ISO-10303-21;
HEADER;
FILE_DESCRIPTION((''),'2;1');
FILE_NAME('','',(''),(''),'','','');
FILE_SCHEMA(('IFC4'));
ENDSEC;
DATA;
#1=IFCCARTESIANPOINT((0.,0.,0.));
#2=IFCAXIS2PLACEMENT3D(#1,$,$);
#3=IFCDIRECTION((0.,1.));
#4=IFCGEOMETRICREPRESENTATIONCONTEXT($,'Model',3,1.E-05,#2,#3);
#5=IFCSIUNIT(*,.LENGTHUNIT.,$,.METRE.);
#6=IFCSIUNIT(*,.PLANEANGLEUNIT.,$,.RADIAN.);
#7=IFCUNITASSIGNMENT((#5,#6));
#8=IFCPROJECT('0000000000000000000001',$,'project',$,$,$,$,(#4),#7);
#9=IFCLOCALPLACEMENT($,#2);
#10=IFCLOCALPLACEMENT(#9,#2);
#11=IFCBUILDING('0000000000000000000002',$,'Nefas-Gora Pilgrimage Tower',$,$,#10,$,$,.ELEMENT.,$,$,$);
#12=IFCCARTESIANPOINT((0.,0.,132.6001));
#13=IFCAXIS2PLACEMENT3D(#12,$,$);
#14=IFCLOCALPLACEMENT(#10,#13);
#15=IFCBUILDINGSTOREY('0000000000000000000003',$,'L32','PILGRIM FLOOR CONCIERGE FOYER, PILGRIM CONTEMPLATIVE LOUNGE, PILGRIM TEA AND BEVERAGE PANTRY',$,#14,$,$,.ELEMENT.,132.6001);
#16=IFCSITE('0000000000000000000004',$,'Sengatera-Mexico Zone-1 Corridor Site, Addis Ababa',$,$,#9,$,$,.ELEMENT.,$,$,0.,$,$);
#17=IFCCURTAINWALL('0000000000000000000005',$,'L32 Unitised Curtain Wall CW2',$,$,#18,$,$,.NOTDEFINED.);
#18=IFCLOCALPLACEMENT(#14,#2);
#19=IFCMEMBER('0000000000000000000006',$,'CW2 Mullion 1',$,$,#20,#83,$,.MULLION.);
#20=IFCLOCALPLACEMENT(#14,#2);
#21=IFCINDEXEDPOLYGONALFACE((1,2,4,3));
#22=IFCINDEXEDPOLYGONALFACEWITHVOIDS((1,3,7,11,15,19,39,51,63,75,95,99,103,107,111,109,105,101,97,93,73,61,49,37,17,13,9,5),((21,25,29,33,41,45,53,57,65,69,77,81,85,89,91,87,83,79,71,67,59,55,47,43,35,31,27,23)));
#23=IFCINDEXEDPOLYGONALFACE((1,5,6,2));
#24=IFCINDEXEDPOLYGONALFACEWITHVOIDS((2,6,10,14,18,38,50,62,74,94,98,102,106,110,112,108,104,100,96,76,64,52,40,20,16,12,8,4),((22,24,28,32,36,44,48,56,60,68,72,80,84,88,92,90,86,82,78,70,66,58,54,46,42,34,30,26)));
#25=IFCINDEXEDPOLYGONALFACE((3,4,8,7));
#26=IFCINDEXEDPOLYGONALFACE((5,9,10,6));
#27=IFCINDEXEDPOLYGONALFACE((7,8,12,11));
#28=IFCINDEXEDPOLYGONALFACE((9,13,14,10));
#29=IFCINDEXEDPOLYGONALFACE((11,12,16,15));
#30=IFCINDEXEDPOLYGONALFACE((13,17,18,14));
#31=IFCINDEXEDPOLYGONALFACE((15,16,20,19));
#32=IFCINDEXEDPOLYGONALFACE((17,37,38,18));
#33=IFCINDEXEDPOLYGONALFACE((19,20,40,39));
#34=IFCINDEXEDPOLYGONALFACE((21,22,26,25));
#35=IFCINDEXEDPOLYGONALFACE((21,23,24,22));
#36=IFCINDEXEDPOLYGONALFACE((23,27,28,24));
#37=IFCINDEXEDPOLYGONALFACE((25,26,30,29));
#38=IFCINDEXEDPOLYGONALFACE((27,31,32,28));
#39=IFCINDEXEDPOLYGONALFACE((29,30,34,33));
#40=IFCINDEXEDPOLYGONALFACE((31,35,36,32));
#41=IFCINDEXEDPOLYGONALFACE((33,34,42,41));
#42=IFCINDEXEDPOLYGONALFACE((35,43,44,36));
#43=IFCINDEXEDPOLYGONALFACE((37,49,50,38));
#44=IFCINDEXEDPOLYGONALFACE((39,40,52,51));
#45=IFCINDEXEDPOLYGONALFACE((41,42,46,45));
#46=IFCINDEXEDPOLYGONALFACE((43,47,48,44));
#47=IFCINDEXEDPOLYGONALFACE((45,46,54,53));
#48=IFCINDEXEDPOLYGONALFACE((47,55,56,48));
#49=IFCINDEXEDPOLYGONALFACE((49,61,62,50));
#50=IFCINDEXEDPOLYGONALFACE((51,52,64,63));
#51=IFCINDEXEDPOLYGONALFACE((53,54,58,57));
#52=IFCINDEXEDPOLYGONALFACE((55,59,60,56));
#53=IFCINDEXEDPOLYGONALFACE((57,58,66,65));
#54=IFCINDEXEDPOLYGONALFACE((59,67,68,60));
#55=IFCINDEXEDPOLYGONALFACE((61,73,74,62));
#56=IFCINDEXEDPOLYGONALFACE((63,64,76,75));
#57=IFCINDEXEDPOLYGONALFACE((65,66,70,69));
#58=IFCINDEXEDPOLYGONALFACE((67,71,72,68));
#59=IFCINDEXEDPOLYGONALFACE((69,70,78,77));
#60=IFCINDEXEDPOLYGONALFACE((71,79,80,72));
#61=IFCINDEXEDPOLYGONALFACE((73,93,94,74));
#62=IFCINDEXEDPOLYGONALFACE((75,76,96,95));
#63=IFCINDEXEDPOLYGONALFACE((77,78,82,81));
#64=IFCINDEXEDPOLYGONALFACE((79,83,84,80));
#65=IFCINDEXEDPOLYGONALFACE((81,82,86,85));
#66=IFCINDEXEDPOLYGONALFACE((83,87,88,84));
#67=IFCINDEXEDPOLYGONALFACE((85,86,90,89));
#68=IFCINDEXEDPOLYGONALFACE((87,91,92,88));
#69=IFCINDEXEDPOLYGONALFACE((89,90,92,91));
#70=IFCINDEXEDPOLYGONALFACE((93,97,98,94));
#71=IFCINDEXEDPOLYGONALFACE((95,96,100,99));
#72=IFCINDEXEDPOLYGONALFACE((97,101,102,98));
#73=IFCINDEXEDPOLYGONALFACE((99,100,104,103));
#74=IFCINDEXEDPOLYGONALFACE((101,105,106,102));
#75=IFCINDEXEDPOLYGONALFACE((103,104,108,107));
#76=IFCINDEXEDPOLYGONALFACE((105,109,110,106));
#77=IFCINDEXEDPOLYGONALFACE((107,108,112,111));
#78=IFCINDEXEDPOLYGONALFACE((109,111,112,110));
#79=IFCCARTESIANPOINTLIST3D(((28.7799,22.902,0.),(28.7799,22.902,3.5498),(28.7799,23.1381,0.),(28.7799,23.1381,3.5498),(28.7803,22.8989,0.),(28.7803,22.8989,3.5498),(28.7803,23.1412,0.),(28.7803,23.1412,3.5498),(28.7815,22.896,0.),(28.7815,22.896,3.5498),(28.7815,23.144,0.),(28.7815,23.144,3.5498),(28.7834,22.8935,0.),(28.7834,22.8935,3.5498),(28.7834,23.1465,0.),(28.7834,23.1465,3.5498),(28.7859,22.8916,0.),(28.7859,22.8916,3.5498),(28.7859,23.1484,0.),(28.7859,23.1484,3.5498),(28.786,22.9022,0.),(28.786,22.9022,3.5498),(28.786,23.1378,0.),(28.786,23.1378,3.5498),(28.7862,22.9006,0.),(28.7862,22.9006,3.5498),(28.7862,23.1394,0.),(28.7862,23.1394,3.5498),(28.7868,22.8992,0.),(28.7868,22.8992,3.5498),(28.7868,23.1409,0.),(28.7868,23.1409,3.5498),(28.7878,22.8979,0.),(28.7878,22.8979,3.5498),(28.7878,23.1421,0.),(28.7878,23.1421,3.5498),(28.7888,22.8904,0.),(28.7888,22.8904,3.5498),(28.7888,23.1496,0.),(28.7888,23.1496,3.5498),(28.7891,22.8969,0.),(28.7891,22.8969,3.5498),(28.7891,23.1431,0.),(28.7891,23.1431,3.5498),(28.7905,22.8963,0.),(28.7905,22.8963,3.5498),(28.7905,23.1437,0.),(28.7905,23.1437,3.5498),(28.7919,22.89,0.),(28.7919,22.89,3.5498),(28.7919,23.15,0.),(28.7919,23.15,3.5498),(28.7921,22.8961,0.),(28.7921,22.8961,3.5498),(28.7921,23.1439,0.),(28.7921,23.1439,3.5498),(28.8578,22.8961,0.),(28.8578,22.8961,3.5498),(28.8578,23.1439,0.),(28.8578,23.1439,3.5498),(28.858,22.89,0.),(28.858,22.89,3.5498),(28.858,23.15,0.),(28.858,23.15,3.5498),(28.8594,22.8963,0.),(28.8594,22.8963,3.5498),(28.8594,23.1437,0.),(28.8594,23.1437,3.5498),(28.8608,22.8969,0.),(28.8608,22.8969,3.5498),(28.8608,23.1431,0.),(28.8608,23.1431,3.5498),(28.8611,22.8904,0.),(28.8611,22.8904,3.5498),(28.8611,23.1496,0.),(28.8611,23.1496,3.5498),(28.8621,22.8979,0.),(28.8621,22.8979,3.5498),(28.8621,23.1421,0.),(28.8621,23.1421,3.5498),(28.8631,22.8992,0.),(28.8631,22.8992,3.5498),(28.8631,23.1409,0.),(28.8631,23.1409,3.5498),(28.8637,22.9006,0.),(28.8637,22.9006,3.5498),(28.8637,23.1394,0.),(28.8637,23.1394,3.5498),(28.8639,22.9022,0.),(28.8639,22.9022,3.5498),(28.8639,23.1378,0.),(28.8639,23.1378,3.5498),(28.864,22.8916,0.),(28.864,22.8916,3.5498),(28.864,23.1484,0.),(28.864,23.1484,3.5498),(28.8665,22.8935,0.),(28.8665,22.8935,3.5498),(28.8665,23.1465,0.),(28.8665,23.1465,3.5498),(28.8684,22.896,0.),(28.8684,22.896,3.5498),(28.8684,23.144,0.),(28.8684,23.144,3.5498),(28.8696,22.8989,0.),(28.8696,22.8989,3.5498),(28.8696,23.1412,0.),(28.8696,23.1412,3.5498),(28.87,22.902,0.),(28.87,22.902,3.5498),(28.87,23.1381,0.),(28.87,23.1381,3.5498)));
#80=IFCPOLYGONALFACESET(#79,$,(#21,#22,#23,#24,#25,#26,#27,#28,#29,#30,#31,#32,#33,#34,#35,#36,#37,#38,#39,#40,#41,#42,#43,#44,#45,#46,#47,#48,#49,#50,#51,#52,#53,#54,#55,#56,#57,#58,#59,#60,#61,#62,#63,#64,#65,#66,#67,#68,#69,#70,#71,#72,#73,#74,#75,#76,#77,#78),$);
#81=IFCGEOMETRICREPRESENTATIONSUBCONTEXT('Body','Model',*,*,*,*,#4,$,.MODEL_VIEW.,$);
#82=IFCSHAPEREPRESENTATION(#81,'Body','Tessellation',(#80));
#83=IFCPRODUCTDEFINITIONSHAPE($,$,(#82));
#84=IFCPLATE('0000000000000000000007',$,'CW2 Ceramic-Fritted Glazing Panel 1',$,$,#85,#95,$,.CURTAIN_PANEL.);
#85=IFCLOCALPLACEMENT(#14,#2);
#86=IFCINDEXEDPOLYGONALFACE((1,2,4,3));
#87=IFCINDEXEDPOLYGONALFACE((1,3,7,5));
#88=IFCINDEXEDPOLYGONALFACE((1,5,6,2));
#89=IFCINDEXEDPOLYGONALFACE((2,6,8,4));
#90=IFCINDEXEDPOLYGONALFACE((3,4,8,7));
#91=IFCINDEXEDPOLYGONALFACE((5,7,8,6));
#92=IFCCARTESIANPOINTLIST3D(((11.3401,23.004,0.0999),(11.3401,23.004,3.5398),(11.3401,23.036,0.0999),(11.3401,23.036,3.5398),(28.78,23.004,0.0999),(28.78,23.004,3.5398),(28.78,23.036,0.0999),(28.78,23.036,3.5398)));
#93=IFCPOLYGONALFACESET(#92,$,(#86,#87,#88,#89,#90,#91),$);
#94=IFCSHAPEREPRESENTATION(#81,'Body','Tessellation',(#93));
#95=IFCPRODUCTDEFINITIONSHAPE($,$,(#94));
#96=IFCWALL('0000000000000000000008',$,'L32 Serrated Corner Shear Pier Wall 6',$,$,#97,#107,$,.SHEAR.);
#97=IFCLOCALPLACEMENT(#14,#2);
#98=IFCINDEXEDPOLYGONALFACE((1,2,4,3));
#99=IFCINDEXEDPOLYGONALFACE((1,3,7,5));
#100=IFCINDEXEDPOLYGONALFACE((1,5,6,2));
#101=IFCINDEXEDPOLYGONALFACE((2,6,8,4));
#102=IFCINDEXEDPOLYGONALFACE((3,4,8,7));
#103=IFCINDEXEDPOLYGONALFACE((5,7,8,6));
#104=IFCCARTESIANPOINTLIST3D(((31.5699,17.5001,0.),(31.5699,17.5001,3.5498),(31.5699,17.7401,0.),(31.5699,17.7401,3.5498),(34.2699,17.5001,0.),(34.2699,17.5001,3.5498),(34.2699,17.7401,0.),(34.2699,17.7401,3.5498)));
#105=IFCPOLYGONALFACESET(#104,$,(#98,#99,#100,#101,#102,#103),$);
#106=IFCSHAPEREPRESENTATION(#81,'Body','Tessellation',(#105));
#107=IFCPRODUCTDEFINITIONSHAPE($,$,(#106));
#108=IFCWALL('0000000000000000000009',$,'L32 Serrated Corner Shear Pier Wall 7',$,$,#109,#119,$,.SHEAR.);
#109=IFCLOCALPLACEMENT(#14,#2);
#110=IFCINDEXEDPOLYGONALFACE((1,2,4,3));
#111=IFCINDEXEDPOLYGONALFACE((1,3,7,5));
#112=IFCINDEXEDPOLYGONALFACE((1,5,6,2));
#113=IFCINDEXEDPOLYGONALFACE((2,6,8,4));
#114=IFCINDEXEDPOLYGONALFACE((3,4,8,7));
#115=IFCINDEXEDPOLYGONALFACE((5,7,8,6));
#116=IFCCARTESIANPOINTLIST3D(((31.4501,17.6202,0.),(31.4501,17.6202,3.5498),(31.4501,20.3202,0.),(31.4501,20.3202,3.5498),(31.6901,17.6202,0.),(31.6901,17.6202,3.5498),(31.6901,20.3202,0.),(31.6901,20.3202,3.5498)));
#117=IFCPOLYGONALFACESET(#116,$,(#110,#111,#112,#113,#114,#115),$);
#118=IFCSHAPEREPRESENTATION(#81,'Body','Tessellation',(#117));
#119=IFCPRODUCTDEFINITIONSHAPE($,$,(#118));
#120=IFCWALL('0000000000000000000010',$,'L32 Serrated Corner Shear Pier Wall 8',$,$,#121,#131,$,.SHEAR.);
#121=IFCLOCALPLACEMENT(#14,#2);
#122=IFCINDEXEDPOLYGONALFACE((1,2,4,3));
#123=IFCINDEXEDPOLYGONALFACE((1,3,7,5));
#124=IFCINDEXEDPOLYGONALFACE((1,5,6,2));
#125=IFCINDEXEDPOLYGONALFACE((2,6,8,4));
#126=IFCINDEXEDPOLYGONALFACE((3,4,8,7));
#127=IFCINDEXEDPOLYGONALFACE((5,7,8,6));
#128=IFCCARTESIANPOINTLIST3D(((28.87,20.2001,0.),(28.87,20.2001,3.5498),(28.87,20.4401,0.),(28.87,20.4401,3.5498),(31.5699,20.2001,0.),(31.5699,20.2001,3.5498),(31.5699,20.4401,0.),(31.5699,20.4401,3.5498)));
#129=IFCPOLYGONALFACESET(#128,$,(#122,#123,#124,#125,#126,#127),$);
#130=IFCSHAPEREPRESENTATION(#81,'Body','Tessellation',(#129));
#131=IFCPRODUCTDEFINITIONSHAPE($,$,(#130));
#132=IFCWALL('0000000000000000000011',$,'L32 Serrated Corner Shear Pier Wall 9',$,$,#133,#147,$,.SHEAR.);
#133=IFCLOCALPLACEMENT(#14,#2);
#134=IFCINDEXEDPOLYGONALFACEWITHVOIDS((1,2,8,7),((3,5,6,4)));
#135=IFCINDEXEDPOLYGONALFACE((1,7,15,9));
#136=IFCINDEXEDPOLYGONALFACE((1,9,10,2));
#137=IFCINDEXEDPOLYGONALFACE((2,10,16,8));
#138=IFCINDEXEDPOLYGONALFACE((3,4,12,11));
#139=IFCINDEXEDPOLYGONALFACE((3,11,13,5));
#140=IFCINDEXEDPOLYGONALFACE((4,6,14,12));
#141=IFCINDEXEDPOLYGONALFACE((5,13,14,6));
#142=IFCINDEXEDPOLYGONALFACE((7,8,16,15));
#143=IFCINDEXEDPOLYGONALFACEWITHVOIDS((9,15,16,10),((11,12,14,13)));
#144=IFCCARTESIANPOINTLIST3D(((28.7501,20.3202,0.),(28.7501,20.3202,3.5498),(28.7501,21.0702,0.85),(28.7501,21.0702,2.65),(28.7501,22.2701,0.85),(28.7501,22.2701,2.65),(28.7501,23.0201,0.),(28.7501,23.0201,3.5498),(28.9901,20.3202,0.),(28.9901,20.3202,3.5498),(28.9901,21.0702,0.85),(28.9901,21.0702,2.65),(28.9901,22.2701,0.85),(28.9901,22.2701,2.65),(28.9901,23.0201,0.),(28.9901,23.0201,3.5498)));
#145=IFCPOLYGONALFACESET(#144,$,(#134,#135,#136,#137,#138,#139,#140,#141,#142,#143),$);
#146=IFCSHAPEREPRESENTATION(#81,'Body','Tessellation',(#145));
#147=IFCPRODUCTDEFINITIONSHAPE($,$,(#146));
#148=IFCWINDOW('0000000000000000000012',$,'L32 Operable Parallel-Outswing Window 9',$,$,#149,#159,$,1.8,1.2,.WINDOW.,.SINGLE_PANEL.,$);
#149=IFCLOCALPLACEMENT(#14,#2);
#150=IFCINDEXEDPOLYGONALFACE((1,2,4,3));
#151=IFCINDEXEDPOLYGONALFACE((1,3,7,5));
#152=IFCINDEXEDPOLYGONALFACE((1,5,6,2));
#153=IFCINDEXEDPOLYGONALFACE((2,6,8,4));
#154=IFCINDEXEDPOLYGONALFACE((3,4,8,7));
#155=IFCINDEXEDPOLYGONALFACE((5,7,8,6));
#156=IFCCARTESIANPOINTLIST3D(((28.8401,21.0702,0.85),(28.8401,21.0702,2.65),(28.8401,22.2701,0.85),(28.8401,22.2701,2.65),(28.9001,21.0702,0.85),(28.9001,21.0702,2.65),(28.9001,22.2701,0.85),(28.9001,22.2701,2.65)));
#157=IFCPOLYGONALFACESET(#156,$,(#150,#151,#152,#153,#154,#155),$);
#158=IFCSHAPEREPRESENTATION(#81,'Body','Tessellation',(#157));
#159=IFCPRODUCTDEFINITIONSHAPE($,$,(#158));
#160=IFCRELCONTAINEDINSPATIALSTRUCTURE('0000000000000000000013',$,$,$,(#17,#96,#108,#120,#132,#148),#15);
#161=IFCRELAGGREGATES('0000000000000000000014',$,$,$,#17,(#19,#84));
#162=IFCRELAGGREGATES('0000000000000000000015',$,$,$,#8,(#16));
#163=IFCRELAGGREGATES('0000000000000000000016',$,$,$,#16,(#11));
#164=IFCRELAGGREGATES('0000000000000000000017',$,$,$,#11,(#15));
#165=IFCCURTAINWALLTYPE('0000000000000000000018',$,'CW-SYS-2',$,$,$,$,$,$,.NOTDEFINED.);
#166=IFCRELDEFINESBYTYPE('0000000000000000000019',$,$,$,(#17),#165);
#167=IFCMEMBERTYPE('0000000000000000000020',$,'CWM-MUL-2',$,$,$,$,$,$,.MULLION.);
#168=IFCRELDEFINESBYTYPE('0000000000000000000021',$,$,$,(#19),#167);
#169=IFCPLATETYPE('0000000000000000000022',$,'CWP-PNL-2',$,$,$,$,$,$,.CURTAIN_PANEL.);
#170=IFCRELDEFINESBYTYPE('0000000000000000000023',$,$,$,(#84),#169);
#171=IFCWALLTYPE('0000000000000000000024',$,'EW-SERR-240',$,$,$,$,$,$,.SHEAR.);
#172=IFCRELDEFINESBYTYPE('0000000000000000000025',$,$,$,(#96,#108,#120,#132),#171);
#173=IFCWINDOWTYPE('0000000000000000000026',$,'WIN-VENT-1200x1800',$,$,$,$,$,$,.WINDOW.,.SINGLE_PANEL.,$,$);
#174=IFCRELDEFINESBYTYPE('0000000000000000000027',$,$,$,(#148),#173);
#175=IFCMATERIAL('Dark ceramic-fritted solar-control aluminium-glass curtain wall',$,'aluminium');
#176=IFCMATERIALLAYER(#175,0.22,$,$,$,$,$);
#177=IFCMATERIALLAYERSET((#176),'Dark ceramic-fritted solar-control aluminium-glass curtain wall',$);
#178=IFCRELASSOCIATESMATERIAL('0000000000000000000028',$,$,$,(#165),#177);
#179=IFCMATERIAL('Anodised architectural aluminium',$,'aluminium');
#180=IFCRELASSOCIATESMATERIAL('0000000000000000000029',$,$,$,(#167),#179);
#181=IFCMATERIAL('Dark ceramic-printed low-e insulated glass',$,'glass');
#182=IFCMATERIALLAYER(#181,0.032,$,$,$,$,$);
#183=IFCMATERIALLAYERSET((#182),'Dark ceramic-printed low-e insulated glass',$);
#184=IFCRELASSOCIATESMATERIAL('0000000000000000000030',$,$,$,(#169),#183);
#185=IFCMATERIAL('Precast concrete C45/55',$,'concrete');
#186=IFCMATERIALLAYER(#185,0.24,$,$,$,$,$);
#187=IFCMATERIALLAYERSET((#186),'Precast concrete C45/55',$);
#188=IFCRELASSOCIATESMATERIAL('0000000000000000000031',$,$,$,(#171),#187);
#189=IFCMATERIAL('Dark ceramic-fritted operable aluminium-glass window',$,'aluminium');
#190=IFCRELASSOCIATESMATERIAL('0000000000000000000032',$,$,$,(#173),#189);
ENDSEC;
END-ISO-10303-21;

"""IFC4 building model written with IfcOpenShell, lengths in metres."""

from ifc_helpers import new_model, si_unit, direction, frame, frame_2d, origin, origin_2d, place, context, subcontext, project, spatial, rectangle, hollow_rectangle, extrude, source, transform, mapped, material, layer, layer_set, material_profile, profile_set, type_object, element, fill, aggregate, save


model = new_model("IFC4")

# Units and contexts
model_context = context("Model", 3, precision=1e-05, world=origin(), true_north=direction((0.0, 1.0)))
body_context = subcontext(model_context, "Body", "Model", "MODEL_VIEW")
ifc_project = project(units=[si_unit("LENGTHUNIT", "METRE"), si_unit("PLANEANGLEUNIT", "RADIAN")], contexts=[model_context])

# Site, building, storey
site_placement = place(None, origin())
site = spatial("IfcSite", under=ifc_project, at=site_placement, Name="Sengatera-Mexico Zone-1 Corridor Site, Addis Ababa", CompositionType="ELEMENT", RefElevation=0.0)
building_placement = place(site_placement, origin())
building = spatial("IfcBuilding", under=site, at=building_placement, Name="Nefas-Gora Pilgrimage Tower", CompositionType="ELEMENT")
storey_placement = place(building_placement, frame((0.0, 0.0, 132.6001)))
storey = spatial("IfcBuildingStorey", under=building, at=storey_placement, Name="L32", Description="PILGRIM FLOOR CONCIERGE FOYER, PILGRIM CONTEMPLATIVE LOUNGE, PILGRIM TEA AND BEVERAGE PANTRY", CompositionType="ELEMENT", Elevation=132.6001)

# Curtain wall
ifc_material_1 = material(Name="Dark ceramic-fritted solar-control aluminium-glass curtain wall", Category="aluminium")
ifc_layer_1 = layer(ifc_material_1, 0.22)
ifc_layer_set_1 = layer_set([ifc_layer_1], Name="Dark ceramic-fritted solar-control aluminium-glass curtain wall")
curtain_wall_type = type_object("IfcCurtainWallType", Name="CW-SYS-2", PredefinedType="NOTDEFINED", material=ifc_layer_set_1)
curtain_wall_1_placement = place(storey_placement, origin())
curtain_wall_1 = element("IfcCurtainWall", 1, at=curtain_wall_1_placement, inside=storey, type_object=curtain_wall_type, Name="L32 Unitised Curtain Wall CW2", PredefinedType="NOTDEFINED")
ifc_material_2 = material(Name="Anodised architectural aluminium", Category="aluminium")
ifc_material_profile_1 = material_profile(ifc_material_2, hollow_rectangle(XDim=0.0901, YDim=0.26, WallThickness=0.0061, InnerFilletRadius=0.0061, OuterFilletRadius=0.012, at=origin_2d()), Name="ALU MULLION 90x260")
ifc_profile_set_1 = profile_set([ifc_material_profile_1], Name="Anodised architectural aluminium")
member_type_1 = type_object("IfcMemberType", Name="CWM-MUL-2", PredefinedType="MULLION", material=ifc_profile_set_1)
shared_shape_1 = source(origin(), body_context, "Body", "SweptSolid", [
    extrude(hollow_rectangle(XDim=0.0901, YDim=0.26, WallThickness=0.0061, InnerFilletRadius=0.0061, OuterFilletRadius=0.012, at=origin_2d()), origin(), (0.0, 0.0, 1.0), 3.5498),
])

# Member
member_1_placement = place(storey_placement, frame((28.825, 23.02, 0.0), z_axis=(0.0, 0.0, 1.0), x_axis=(-1.0, 0.0, 0.0)))
member_1 = element("IfcMember", 2, at=member_1_placement, type_object=member_type_1, Name="CW2 Mullion 1", PredefinedType="MULLION", context=body_context, shape_type="MappedRepresentation", body=[
    mapped(shared_shape_1, transform((0.0, 0.0, 0.0), x_axis=(1.0, 0.0, 0.0), y_axis=(0.0, 1.0, 0.0), z_axis=(0.0, 0.0, 1.0), scale=1.0)),
])

# Plate
ifc_material_3 = material(Name="Dark ceramic-printed low-e insulated glass", Category="glass")
ifc_layer_2 = layer(ifc_material_3, 0.032)
ifc_layer_set_2 = layer_set([ifc_layer_2], Name="Dark ceramic-printed low-e insulated glass")
plate_type = type_object("IfcPlateType", Name="CWP-PNL-2", PredefinedType="CURTAIN_PANEL", material=ifc_layer_set_2)
shared_shape_2 = source(origin(), body_context, "Body", "SweptSolid", [
    extrude(rectangle(XDim=17.4399, YDim=0.032, at=origin_2d()), origin(), (0.0, 0.0, 1.0), 3.4399),
])
plate_placement = place(storey_placement, frame((20.0601, 23.02, 0.0999), z_axis=(0.0, 0.0, 1.0), x_axis=(-1.0, 0.0, 0.0)))
plate = element("IfcPlate", 3, at=plate_placement, type_object=plate_type, Name="CW2 Ceramic-Fritted Glazing Panel 1", PredefinedType="CURTAIN_PANEL", context=body_context, shape_type="MappedRepresentation", body=[
    mapped(shared_shape_2, transform((0.0, 0.0, 0.0), x_axis=(1.0, 0.0, 0.0), y_axis=(0.0, 1.0, 0.0), z_axis=(0.0, 0.0, 1.0), scale=1.0)),
])
aggregate(curtain_wall_1, [member_1, plate])

# Walls
ifc_material_4 = material(Name="Precast concrete C45/55", Category="concrete")
ifc_layer_3 = layer(ifc_material_4, 0.24)
ifc_layer_set_3 = layer_set([ifc_layer_3], Name="Precast concrete C45/55")
wall_type = type_object("IfcWallType", Name="EW-SERR-240", PredefinedType="SHEAR", material=ifc_layer_set_3)
shared_shape_3 = source(origin(), body_context, "Body", "SweptSolid", [
    extrude(rectangle(XDim=2.7, YDim=0.24, at=frame_2d((1.3501, 0.0))), origin(), (0.0, 0.0, 1.0), 3.5498),
])
for number, where, z_axis, x_axis, name in (
    (4, (34.27, 17.6201, 0.0), (0.0, 0.0, 1.0), (-1.0, 0.0, 0.0), "L32 Serrated Corner Shear Pier Wall 6"),
    (5, (31.5701, 17.6201, 0.0), (0.0, 0.0, 1.0), (0.0, 1.0, 0.0), "L32 Serrated Corner Shear Pier Wall 7"),
    (6, (31.5701, 20.3201, 0.0), (0.0, 0.0, 1.0), (-1.0, 0.0, 0.0), "L32 Serrated Corner Shear Pier Wall 8"),
):
    element("IfcWall", number, at=place(storey_placement, frame(where, z_axis=z_axis, x_axis=x_axis)), inside=storey, type_object=wall_type, Name=name, PredefinedType="SHEAR", context=body_context, shape_type="MappedRepresentation", body=[
        mapped(shared_shape_3, transform((0.0, 0.0, 0.0), x_axis=(1.0, 0.0, 0.0), y_axis=(0.0, 1.0, 0.0), z_axis=(0.0, 0.0, 1.0), scale=1.0)),
    ])

# Wall, opening, window
wall_placement = place(storey_placement, frame((28.8701, 20.3201, 0.0), z_axis=(0.0, 0.0, 1.0), x_axis=(0.0, 1.0, 0.0)))
wall = element("IfcWall", 7, at=wall_placement, inside=storey, type_object=wall_type, Name="L32 Serrated Corner Shear Pier Wall 9", PredefinedType="SHEAR", context=body_context, shape_type="MappedRepresentation", body=[
    mapped(shared_shape_3, transform((0.0, 0.0, 0.0), x_axis=(1.0, 0.0, 0.0), y_axis=(0.0, 1.0, 0.0), z_axis=(0.0, 0.0, 1.0), scale=1.0)),
])
opening_placement = place(wall_placement, frame((0.75, 0.0, 0.8501)))
opening = element("IfcOpeningElement", 8, at=opening_placement, cuts=wall, PredefinedType="OPENING", context=body_context, shape_type="SweptSolid", body=[
    extrude(rectangle(XDim=1.2, YDim=1.8, at=frame_2d((0.6001, 0.8999))), frame((0.0, 0.1299, 0.0), z_axis=(0.0, -1.0, 0.0), x_axis=(1.0, 0.0, 0.0)), (0.0, 0.0, 1.0), 0.26),
])
ifc_material_5 = material(Name="Dark ceramic-fritted operable aluminium-glass window", Category="aluminium")
window_type = type_object("IfcWindowType", Name="WIN-VENT-1200x1800", PartitioningType="SINGLE_PANEL", PredefinedType="WINDOW", material=ifc_material_5)
shared_shape_4 = source(origin(), body_context, "Body", "SweptSolid", [
    extrude(rectangle(XDim=1.2, YDim=1.8, at=frame_2d((0.6001, 0.8999))), frame((0.0, 0.03, 0.0), z_axis=(0.0, -1.0, 0.0), x_axis=(1.0, 0.0, 0.0)), (0.0, 0.0, 1.0), 0.0601),
])
window_placement = place(opening_placement, origin())
window = element("IfcWindow", 9, at=window_placement, inside=storey, type_object=window_type, Name="L32 Operable Parallel-Outswing Window 9", OverallHeight=1.8, OverallWidth=1.2, PartitioningType="SINGLE_PANEL", PredefinedType="WINDOW", context=body_context, shape_type="MappedRepresentation", body=[
    mapped(shared_shape_4, transform((0.0, 0.0, 0.0), x_axis=(1.0, 0.0, 0.0), y_axis=(0.0, 1.0, 0.0), z_axis=(0.0, 0.0, 1.0), scale=1.0)),
])
fill(opening, window)

save(model, "model.ifc")
